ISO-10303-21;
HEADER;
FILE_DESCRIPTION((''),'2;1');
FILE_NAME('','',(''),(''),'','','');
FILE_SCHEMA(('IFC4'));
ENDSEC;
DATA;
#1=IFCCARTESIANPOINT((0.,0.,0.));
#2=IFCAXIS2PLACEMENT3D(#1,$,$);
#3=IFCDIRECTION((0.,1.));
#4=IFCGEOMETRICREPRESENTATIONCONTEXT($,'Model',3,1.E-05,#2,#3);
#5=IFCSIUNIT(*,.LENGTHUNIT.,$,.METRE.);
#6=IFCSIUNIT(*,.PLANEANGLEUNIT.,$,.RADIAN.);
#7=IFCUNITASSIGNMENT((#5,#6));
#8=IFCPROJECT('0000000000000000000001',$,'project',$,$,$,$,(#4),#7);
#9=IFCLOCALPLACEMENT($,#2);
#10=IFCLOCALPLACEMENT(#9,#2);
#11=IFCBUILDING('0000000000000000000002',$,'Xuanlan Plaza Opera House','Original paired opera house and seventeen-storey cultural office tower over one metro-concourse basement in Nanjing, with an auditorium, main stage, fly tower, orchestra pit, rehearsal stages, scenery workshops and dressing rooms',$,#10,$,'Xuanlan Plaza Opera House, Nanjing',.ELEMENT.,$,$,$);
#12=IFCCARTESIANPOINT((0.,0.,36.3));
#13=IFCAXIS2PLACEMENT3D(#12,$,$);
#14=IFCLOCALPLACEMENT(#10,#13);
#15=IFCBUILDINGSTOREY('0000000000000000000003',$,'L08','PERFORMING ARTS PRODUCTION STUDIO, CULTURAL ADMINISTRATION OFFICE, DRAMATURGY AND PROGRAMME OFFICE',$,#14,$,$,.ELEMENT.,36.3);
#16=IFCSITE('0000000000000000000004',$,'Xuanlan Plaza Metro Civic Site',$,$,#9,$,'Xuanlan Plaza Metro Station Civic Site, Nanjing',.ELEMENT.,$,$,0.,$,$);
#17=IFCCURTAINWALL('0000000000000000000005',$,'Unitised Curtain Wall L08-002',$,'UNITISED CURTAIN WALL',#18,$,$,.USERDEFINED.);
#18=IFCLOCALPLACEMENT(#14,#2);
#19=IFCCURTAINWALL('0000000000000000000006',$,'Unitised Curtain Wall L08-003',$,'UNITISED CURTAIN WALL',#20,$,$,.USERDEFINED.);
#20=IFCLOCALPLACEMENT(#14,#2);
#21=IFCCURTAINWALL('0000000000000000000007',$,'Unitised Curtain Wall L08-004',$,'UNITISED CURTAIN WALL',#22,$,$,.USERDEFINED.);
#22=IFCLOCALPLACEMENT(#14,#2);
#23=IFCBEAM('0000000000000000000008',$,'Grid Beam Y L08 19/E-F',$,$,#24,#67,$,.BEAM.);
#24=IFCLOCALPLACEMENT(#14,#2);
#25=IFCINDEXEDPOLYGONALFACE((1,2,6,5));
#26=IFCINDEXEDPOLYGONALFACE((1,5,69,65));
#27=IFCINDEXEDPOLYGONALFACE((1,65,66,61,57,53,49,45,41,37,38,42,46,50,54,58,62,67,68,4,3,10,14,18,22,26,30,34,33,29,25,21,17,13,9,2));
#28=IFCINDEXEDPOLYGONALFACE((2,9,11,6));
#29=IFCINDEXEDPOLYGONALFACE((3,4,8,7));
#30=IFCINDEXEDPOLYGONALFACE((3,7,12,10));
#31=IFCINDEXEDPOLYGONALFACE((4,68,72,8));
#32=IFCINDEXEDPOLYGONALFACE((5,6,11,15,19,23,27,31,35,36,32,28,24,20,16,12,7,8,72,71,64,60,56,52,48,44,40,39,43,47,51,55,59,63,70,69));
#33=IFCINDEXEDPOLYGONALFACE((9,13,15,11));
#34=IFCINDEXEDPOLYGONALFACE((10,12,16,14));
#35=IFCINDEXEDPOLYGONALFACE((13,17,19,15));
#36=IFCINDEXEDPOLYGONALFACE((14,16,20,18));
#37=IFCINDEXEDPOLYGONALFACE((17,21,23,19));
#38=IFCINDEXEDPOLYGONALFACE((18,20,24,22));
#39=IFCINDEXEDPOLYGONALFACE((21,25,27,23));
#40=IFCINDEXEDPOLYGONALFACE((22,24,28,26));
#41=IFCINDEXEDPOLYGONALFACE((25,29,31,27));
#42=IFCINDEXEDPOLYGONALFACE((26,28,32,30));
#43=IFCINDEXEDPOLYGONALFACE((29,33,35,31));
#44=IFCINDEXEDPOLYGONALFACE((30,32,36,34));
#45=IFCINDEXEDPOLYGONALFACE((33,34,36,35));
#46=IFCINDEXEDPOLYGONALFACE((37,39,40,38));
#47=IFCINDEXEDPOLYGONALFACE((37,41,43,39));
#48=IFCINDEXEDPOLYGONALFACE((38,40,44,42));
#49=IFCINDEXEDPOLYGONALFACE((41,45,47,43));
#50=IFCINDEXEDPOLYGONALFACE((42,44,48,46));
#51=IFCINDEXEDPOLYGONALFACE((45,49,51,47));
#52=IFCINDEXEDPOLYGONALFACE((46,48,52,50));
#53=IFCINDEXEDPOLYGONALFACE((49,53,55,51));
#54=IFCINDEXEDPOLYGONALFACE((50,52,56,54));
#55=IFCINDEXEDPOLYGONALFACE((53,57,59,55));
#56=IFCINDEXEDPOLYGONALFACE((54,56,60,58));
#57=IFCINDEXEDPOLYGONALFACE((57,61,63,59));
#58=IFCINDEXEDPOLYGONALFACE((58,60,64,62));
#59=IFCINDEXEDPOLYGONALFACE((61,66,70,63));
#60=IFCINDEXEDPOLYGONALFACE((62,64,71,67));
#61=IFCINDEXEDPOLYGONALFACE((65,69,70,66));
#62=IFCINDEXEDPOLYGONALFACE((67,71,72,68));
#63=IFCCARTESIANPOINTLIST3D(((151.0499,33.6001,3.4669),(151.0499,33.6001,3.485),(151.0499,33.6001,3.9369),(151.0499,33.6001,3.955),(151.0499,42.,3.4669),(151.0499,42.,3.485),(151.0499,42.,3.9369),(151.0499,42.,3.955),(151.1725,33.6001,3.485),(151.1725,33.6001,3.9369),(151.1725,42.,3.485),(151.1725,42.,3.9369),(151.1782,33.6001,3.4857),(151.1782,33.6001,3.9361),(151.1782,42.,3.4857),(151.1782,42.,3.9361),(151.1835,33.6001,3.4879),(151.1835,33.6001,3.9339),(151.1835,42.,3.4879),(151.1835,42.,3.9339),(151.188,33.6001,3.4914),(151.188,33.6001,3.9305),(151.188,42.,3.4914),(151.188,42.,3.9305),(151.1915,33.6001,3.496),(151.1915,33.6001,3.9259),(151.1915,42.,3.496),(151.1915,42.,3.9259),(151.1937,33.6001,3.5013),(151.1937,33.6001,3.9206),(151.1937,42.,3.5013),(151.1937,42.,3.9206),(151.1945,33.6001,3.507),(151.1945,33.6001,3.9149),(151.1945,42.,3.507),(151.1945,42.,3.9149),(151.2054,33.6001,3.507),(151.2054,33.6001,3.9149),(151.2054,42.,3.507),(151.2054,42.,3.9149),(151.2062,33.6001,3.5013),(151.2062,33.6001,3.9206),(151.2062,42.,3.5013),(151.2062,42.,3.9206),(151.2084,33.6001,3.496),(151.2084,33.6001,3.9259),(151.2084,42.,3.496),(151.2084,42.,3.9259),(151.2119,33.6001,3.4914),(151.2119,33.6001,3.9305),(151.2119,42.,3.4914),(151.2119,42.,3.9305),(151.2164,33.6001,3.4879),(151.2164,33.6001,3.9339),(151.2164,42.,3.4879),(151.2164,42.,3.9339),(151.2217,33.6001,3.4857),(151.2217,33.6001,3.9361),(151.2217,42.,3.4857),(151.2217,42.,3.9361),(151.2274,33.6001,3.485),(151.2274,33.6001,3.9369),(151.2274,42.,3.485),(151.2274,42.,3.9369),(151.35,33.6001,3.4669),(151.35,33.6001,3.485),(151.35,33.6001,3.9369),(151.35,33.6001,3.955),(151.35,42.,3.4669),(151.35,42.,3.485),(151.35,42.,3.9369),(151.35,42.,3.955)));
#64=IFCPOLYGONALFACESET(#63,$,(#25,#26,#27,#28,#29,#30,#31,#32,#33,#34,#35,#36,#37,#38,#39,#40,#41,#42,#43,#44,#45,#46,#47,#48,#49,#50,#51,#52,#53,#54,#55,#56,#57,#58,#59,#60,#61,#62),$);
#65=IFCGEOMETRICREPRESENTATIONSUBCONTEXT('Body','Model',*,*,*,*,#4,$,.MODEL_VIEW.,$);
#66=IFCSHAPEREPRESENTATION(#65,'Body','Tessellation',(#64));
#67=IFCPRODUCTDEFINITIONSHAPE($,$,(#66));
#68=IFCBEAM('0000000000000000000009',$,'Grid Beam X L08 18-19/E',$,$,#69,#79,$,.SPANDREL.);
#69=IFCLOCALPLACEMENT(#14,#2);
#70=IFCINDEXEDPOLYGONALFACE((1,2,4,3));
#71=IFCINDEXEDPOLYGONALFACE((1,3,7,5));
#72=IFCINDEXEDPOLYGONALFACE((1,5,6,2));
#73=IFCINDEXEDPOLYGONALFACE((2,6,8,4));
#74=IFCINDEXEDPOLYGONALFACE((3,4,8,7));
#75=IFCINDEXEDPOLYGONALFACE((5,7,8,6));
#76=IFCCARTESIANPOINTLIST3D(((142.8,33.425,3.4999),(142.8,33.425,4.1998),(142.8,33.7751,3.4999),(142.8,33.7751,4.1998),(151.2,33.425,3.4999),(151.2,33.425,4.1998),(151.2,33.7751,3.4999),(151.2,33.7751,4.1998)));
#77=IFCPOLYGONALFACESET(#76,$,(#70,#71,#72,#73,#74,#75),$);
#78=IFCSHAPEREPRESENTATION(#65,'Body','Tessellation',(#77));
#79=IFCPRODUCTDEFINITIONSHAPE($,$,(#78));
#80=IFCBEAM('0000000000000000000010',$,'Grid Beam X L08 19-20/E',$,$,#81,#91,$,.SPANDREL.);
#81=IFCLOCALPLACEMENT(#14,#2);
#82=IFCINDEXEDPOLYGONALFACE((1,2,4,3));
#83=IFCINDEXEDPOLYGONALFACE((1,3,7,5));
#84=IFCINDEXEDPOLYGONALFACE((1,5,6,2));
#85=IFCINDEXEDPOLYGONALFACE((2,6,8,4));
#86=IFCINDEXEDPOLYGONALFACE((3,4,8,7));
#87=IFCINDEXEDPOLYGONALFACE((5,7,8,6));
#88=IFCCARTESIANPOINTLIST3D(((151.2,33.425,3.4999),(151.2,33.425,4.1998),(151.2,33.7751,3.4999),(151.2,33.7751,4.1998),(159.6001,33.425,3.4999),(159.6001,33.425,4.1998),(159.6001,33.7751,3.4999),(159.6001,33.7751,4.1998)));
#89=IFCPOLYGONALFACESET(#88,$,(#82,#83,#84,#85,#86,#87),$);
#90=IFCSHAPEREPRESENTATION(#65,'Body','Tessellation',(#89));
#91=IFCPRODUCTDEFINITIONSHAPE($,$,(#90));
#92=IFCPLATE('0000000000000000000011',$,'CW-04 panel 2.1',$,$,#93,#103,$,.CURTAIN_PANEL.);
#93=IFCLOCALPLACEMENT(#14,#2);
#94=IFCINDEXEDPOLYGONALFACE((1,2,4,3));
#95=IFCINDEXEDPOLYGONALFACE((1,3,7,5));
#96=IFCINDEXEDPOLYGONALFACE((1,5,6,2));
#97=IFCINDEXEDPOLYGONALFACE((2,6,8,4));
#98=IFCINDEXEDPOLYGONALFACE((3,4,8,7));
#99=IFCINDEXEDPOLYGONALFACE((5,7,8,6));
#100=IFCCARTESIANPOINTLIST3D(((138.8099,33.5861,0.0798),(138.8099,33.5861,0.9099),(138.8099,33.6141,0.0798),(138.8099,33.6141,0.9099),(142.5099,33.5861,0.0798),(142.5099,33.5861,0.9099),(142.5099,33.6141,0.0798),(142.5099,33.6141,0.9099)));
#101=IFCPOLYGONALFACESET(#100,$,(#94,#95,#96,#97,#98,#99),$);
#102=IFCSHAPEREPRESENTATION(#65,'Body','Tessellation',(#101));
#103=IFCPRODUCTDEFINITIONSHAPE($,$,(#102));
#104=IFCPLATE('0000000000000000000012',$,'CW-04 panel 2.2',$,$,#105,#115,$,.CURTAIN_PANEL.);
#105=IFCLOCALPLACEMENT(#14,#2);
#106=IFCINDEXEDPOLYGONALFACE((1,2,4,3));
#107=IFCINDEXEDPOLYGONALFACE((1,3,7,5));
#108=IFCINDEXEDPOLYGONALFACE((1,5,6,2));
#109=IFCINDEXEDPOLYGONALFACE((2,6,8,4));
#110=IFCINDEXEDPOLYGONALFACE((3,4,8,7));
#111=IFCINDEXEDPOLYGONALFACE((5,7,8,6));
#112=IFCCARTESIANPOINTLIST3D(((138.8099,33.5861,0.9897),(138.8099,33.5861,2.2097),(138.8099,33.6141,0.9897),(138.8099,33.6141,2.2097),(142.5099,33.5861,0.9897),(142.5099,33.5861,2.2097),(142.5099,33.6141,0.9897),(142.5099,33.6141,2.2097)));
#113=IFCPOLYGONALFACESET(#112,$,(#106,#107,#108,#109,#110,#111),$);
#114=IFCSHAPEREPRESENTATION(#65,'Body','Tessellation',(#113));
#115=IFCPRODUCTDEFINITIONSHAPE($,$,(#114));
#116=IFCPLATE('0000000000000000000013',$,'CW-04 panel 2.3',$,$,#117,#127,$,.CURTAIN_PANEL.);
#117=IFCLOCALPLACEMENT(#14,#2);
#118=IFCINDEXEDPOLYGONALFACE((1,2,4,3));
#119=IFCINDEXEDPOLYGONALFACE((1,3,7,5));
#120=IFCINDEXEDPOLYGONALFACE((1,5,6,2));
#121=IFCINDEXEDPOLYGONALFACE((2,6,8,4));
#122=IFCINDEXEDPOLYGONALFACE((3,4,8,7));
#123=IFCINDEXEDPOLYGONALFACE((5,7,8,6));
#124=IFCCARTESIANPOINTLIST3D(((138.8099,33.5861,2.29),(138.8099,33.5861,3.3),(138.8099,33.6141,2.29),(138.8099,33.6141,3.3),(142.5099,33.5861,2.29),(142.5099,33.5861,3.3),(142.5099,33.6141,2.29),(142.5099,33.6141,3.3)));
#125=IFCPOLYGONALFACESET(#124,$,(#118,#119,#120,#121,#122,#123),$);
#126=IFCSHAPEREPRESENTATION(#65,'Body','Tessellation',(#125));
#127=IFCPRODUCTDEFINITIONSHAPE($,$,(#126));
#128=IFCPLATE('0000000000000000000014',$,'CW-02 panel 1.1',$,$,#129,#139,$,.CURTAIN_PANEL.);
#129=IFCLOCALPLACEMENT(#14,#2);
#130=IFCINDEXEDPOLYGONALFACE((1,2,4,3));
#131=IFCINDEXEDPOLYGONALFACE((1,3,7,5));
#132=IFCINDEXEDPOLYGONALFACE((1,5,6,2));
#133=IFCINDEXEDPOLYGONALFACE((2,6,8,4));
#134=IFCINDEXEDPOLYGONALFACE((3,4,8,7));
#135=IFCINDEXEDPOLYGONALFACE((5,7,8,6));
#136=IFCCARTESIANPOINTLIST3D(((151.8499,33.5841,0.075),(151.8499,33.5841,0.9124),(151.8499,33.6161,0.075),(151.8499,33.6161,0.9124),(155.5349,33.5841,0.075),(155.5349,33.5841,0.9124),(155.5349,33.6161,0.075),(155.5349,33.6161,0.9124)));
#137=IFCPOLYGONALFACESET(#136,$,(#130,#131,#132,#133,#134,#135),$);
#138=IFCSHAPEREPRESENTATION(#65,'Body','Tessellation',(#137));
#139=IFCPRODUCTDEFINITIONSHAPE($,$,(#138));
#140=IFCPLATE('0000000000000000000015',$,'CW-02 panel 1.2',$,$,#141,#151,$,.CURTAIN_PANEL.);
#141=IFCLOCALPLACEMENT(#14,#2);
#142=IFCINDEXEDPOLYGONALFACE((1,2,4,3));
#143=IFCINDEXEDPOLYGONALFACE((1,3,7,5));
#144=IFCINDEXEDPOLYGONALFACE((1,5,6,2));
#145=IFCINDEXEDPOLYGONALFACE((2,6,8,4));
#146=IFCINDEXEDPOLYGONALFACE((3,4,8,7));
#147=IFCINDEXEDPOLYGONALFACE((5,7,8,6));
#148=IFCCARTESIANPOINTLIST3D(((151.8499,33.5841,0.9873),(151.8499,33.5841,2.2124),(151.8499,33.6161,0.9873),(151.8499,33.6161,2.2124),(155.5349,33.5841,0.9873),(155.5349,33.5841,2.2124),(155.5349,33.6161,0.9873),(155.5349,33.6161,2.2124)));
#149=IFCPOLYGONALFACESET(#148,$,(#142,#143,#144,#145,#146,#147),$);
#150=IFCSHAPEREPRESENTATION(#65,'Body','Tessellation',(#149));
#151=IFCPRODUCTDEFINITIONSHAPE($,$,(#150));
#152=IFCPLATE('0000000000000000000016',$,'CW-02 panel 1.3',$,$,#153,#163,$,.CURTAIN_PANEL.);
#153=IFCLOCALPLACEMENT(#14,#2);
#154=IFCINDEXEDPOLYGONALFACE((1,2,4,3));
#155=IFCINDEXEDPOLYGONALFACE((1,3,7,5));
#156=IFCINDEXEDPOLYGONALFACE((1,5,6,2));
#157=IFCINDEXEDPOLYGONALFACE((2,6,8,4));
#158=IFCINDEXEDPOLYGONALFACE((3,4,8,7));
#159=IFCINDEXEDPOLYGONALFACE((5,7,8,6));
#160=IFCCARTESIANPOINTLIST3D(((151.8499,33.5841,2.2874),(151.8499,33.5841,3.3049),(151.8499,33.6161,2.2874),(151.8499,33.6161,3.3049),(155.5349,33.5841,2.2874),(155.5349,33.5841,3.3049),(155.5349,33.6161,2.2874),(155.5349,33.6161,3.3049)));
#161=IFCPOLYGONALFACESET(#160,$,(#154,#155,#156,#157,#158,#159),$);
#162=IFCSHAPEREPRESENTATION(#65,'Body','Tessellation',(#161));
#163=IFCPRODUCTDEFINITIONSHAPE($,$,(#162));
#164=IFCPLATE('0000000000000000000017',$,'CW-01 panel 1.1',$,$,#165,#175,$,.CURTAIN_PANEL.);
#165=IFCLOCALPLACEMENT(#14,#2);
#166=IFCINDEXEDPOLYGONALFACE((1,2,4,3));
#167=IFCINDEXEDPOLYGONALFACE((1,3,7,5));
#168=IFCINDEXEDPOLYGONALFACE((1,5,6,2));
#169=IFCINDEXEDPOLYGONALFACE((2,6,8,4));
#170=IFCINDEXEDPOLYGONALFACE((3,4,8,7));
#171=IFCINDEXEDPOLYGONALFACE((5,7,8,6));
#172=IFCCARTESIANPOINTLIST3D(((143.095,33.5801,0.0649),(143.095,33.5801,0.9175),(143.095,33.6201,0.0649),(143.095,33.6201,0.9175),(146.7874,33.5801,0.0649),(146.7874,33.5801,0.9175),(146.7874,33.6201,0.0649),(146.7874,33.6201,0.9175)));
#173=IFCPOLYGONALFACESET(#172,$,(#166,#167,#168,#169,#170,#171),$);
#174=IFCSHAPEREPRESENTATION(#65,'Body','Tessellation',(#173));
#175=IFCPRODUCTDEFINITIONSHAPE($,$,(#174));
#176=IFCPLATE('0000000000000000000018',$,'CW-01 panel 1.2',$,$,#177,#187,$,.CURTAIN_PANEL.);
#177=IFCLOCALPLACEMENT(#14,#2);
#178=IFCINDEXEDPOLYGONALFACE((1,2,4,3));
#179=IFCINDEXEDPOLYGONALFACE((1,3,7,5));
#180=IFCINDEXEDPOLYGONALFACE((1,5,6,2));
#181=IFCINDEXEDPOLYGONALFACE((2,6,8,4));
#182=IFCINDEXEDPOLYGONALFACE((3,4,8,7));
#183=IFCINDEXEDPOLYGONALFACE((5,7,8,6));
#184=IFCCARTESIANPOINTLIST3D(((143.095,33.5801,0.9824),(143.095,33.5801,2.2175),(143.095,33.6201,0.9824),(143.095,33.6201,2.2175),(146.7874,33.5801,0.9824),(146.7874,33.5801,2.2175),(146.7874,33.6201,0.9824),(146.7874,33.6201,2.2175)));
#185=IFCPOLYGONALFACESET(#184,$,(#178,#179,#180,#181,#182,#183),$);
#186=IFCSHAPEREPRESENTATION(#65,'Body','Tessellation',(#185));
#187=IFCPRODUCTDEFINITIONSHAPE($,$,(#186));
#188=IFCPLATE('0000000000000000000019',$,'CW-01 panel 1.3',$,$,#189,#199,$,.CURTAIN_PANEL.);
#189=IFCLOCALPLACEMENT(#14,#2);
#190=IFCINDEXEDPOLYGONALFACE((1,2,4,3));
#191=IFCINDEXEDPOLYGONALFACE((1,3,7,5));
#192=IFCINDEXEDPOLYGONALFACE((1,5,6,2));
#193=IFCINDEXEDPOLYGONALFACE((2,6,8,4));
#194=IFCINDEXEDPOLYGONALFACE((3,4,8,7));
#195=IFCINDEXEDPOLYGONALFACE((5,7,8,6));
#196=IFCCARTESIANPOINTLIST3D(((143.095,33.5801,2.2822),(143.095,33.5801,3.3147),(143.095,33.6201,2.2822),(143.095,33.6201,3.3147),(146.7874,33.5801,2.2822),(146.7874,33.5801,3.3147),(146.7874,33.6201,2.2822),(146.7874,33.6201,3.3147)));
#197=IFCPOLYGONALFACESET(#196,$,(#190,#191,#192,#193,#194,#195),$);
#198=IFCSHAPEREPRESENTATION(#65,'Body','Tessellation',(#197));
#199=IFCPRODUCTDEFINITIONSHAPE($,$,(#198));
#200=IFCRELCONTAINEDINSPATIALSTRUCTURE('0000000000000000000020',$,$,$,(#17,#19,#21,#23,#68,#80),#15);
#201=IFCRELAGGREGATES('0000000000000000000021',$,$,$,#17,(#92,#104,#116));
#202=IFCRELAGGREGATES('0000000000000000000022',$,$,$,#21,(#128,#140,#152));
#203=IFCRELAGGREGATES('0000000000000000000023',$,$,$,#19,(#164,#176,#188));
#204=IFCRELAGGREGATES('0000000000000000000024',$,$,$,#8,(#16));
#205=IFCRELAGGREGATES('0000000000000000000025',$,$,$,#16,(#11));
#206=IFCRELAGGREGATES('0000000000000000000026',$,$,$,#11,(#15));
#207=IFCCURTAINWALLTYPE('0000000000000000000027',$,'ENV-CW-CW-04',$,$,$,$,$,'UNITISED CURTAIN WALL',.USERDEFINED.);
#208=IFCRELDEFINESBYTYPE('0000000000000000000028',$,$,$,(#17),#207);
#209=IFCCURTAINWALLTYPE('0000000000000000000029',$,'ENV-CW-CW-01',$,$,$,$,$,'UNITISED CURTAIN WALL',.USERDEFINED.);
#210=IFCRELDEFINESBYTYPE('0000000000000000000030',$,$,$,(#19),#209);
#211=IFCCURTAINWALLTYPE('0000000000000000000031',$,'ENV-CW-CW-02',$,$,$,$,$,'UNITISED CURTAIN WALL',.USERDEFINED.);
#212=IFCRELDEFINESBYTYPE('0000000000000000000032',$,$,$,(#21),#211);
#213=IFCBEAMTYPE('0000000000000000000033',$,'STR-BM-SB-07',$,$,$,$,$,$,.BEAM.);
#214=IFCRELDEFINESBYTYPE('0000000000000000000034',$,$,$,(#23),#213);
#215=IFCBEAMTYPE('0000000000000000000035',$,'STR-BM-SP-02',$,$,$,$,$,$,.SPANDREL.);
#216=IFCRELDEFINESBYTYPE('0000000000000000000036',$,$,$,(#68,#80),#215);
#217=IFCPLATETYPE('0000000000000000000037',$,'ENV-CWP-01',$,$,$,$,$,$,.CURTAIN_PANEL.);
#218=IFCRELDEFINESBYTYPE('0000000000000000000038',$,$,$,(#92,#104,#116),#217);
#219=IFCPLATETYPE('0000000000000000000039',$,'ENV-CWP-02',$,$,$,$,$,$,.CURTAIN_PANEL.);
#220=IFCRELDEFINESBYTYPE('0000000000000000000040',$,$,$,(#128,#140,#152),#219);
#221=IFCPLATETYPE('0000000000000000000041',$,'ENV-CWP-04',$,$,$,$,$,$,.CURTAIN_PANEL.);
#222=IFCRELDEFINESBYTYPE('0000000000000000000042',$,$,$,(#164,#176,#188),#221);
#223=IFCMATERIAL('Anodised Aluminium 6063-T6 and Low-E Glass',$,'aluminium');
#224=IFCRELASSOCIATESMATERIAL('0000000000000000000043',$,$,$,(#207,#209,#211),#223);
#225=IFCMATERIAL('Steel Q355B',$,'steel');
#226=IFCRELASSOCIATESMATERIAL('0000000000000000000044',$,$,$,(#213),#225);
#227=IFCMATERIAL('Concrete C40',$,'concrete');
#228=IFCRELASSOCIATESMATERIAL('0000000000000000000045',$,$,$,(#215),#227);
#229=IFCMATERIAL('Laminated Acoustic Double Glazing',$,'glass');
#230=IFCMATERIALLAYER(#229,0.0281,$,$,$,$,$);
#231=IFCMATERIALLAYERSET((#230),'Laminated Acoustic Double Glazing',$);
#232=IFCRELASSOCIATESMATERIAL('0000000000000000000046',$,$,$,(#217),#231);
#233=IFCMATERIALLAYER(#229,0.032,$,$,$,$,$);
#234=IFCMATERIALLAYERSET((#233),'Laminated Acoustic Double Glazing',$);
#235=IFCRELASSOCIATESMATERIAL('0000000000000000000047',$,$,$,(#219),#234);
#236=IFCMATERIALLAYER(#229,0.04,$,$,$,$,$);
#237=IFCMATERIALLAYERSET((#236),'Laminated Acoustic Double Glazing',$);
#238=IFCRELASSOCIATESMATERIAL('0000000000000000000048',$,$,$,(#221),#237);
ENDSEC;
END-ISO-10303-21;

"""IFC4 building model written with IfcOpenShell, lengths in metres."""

from ifc_helpers import new_model, si_unit, direction, frame, origin, origin_2d, place, context, subcontext, project, spatial, rectangle, i_section, extrude, material, layer, layer_set, material_profile, profile_set, type_object, element, aggregate, save


model = new_model("IFC4")

# Units and contexts
model_context = context("Model", 3, precision=1e-05, world=origin(), true_north=direction((0.0, 1.0)))
body_context = subcontext(model_context, "Body", "Model", "MODEL_VIEW")
ifc_project = project(units=[si_unit("LENGTHUNIT", "METRE"), si_unit("PLANEANGLEUNIT", "RADIAN")], contexts=[model_context])

# Site, building, storey
site_placement = place(None, origin())
site = spatial("IfcSite", under=ifc_project, at=site_placement, Name="Xuanlan Plaza Metro Civic Site", LongName="Xuanlan Plaza Metro Station Civic Site, Nanjing", CompositionType="ELEMENT", RefElevation=0.0)
building_placement = place(site_placement, origin())
building = spatial("IfcBuilding", under=site, at=building_placement, Name="Xuanlan Plaza Opera House", Description="Original paired opera house and seventeen-storey cultural office tower over one metro-concourse basement in Nanjing, with an auditorium, main stage, fly tower, orchestra pit, rehearsal stages, scenery workshops and dressing rooms", LongName="Xuanlan Plaza Opera House, Nanjing", CompositionType="ELEMENT")
storey_placement = place(building_placement, frame((0.0, 0.0, 36.3)))
storey = spatial("IfcBuildingStorey", under=building, at=storey_placement, Name="L08", Description="PERFORMING ARTS PRODUCTION STUDIO, CULTURAL ADMINISTRATION OFFICE, DRAMATURGY AND PROGRAMME OFFICE", CompositionType="ELEMENT", Elevation=36.3)

# Shared definitions
ifc_material_1 = material(Name="Steel Q355B", Category="steel")

# Curtain wall
ifc_material_2 = material(Name="Anodised Aluminium 6063-T6 and Low-E Glass", Category="aluminium")
curtain_wall_type_1 = type_object("IfcCurtainWallType", Name="ENV-CW-CW-04", ElementType="UNITISED CURTAIN WALL", PredefinedType="USERDEFINED", material=ifc_material_2)
curtain_wall_1_placement = place(storey_placement, origin())
curtain_wall_1 = element("IfcCurtainWall", 1, at=curtain_wall_1_placement, inside=storey, type_object=curtain_wall_type_1, Name="Unitised Curtain Wall L08-002", ObjectType="UNITISED CURTAIN WALL", PredefinedType="USERDEFINED")

# Curtain walls
curtain_wall_type_2 = type_object("IfcCurtainWallType", Name="ENV-CW-CW-01", ElementType="UNITISED CURTAIN WALL", PredefinedType="USERDEFINED", material=ifc_material_2)
curtain_wall_2_placement = place(storey_placement, origin())
curtain_wall_2 = element("IfcCurtainWall", 2, at=curtain_wall_2_placement, inside=storey, type_object=curtain_wall_type_2, Name="Unitised Curtain Wall L08-003", ObjectType="UNITISED CURTAIN WALL", PredefinedType="USERDEFINED")
curtain_wall_type_3 = type_object("IfcCurtainWallType", Name="ENV-CW-CW-02", ElementType="UNITISED CURTAIN WALL", PredefinedType="USERDEFINED", material=ifc_material_2)
curtain_wall_3_placement = place(storey_placement, origin())
curtain_wall_3 = element("IfcCurtainWall", 3, at=curtain_wall_3_placement, inside=storey, type_object=curtain_wall_type_3, Name="Unitised Curtain Wall L08-004", ObjectType="UNITISED CURTAIN WALL", PredefinedType="USERDEFINED")

# Beams
ifc_material_3 = material(Name="Concrete C40", Category="concrete")
ifc_material_profile_1 = material_profile(ifc_material_1, i_section(OverallWidth=0.3, OverallDepth=0.488, WebThickness=0.011, FlangeThickness=0.0181, FilletRadius=0.022, at=origin_2d()), Name="HM 488x300x11x18")
ifc_profile_set_1 = profile_set([ifc_material_profile_1], Name="Steel Q355B")
beam_type_1 = type_object("IfcBeamType", Name="STR-BM-SB-07", PredefinedType="BEAM", material=ifc_profile_set_1)
beam_1_placement = place(storey_placement, frame((151.2, 33.6001, 3.7109), z_axis=(0.0, 1.0, 0.0), x_axis=(-1.0, 0.0, 0.0)))
element("IfcBeam", 4, at=beam_1_placement, inside=storey, type_object=beam_type_1, Name="Grid Beam Y L08 19/E-F", PredefinedType="BEAM", context=body_context, shape_type="SweptSolid", body=[
    extrude(i_section(OverallWidth=0.3, OverallDepth=0.488, WebThickness=0.011, FlangeThickness=0.0181, FilletRadius=0.022, at=origin_2d()), origin(), (0.0, 0.0, 1.0), 8.3999),
])
ifc_material_profile_2 = material_profile(ifc_material_3, rectangle(XDim=0.3501, YDim=0.7, at=origin_2d()), Name="RC-SPD 350x700")
ifc_profile_set_2 = profile_set([ifc_material_profile_2], Name="Concrete C40")
beam_type_2 = type_object("IfcBeamType", Name="STR-BM-SP-02", PredefinedType="SPANDREL", material=ifc_profile_set_2)
beam_2_placement = place(storey_placement, frame((142.8, 33.6001, 3.8499), z_axis=(1.0, 0.0, 0.0), x_axis=(0.0, 1.0, 0.0)))
element("IfcBeam", 5, at=beam_2_placement, inside=storey, type_object=beam_type_2, Name="Grid Beam X L08 18-19/E", PredefinedType="SPANDREL", context=body_context, shape_type="SweptSolid", body=[
    extrude(rectangle(XDim=0.3501, YDim=0.7, at=origin_2d()), origin(), (0.0, 0.0, 1.0), 8.3999),
])
beam_3_placement = place(storey_placement, frame((151.2, 33.6001, 3.8499), z_axis=(1.0, 0.0, 0.0), x_axis=(0.0, 1.0, 0.0)))
element("IfcBeam", 6, at=beam_3_placement, inside=storey, type_object=beam_type_2, Name="Grid Beam X L08 19-20/E", PredefinedType="SPANDREL", context=body_context, shape_type="SweptSolid", body=[
    extrude(rectangle(XDim=0.3501, YDim=0.7, at=origin_2d()), origin(), (0.0, 0.0, 1.0), 8.4001),
])

# Plates
ifc_material_4 = material(Name="Laminated Acoustic Double Glazing", Category="glass")
ifc_layer_1 = layer(ifc_material_4, 0.0281)
ifc_layer_set_1 = layer_set([ifc_layer_1], Name="Laminated Acoustic Double Glazing")
plate_type_1 = type_object("IfcPlateType", Name="ENV-CWP-01", PredefinedType="CURTAIN_PANEL", material=ifc_layer_set_1)
plate_1_placement = place(storey_placement, frame((140.6599, 33.6001, 0.0798), z_axis=(0.0, 0.0, 1.0), x_axis=(1.0, 0.0, 0.0)))
plate_1 = element("IfcPlate", 7, at=plate_1_placement, type_object=plate_type_1, Name="CW-04 panel 2.1", PredefinedType="CURTAIN_PANEL", context=body_context, shape_type="SweptSolid", body=[
    extrude(rectangle(XDim=3.7, YDim=0.0281, at=origin_2d()), origin(), (0.0, 0.0, 1.0), 0.8301),
])
plate_2_placement = place(storey_placement, frame((140.6599, 33.6001, 0.9897), z_axis=(0.0, 0.0, 1.0), x_axis=(1.0, 0.0, 0.0)))
plate_2 = element("IfcPlate", 8, at=plate_2_placement, type_object=plate_type_1, Name="CW-04 panel 2.2", PredefinedType="CURTAIN_PANEL", context=body_context, shape_type="SweptSolid", body=[
    extrude(rectangle(XDim=3.7, YDim=0.0281, at=origin_2d()), origin(), (0.0, 0.0, 1.0), 1.22),
])
plate_3_placement = place(storey_placement, frame((140.6599, 33.6001, 2.29), z_axis=(0.0, 0.0, 1.0), x_axis=(1.0, 0.0, 0.0)))
plate_3 = element("IfcPlate", 9, at=plate_3_placement, type_object=plate_type_1, Name="CW-04 panel 2.3", PredefinedType="CURTAIN_PANEL", context=body_context, shape_type="SweptSolid", body=[
    extrude(rectangle(XDim=3.7, YDim=0.0281, at=origin_2d()), origin(), (0.0, 0.0, 1.0), 1.01),
])
aggregate(curtain_wall_1, [plate_1, plate_2, plate_3])
ifc_layer_2 = layer(ifc_material_4, 0.032)
ifc_layer_set_2 = layer_set([ifc_layer_2], Name="Laminated Acoustic Double Glazing")
plate_type_2 = type_object("IfcPlateType", Name="ENV-CWP-02", PredefinedType="CURTAIN_PANEL", material=ifc_layer_set_2)
plate_4_placement = place(storey_placement, frame((153.6924, 33.6001, 0.075), z_axis=(0.0, 0.0, 1.0), x_axis=(1.0, 0.0, 0.0)))
plate_4 = element("IfcPlate", 10, at=plate_4_placement, type_object=plate_type_2, Name="CW-02 panel 1.1", PredefinedType="CURTAIN_PANEL", context=body_context, shape_type="SweptSolid", body=[
    extrude(rectangle(XDim=3.6851, YDim=0.032, at=origin_2d()), origin(), (0.0, 0.0, 1.0), 0.8374),
])
plate_5_placement = place(storey_placement, frame((153.6924, 33.6001, 0.9873), z_axis=(0.0, 0.0, 1.0), x_axis=(1.0, 0.0, 0.0)))
plate_5 = element("IfcPlate", 11, at=plate_5_placement, type_object=plate_type_2, Name="CW-02 panel 1.2", PredefinedType="CURTAIN_PANEL", context=body_context, shape_type="SweptSolid", body=[
    extrude(rectangle(XDim=3.6851, YDim=0.032, at=origin_2d()), origin(), (0.0, 0.0, 1.0), 1.2251),
])
plate_6_placement = place(storey_placement, frame((153.6924, 33.6001, 2.2874), z_axis=(0.0, 0.0, 1.0), x_axis=(1.0, 0.0, 0.0)))
plate_6 = element("IfcPlate", 12, at=plate_6_placement, type_object=plate_type_2, Name="CW-02 panel 1.3", PredefinedType="CURTAIN_PANEL", context=body_context, shape_type="SweptSolid", body=[
    extrude(rectangle(XDim=3.6851, YDim=0.032, at=origin_2d()), origin(), (0.0, 0.0, 1.0), 1.0176),
])
aggregate(curtain_wall_3, [plate_4, plate_5, plate_6])
ifc_layer_3 = layer(ifc_material_4, 0.04)
ifc_layer_set_3 = layer_set([ifc_layer_3], Name="Laminated Acoustic Double Glazing")
plate_type_3 = type_object("IfcPlateType", Name="ENV-CWP-04", PredefinedType="CURTAIN_PANEL", material=ifc_layer_set_3)
plate_7_placement = place(storey_placement, frame((144.9412, 33.6001, 0.0649), z_axis=(0.0, 0.0, 1.0), x_axis=(1.0, 0.0, 0.0)))
plate_7 = element("IfcPlate", 13, at=plate_7_placement, type_object=plate_type_3, Name="CW-01 panel 1.1", PredefinedType="CURTAIN_PANEL", context=body_context, shape_type="SweptSolid", body=[
    extrude(rectangle(XDim=3.6924, YDim=0.04, at=origin_2d()), origin(), (0.0, 0.0, 1.0), 0.8525),
])
plate_8_placement = place(storey_placement, frame((144.9412, 33.6001, 0.9824), z_axis=(0.0, 0.0, 1.0), x_axis=(1.0, 0.0, 0.0)))
plate_8 = element("IfcPlate", 14, at=plate_8_placement, type_object=plate_type_3, Name="CW-01 panel 1.2", PredefinedType="CURTAIN_PANEL", context=body_context, shape_type="SweptSolid", body=[
    extrude(rectangle(XDim=3.6924, YDim=0.04, at=origin_2d()), origin(), (0.0, 0.0, 1.0), 1.2351),
])
plate_9_placement = place(storey_placement, frame((144.9412, 33.6001, 2.2822), z_axis=(0.0, 0.0, 1.0), x_axis=(1.0, 0.0, 0.0)))
plate_9 = element("IfcPlate", 15, at=plate_9_placement, type_object=plate_type_3, Name="CW-01 panel 1.3", PredefinedType="CURTAIN_PANEL", context=body_context, shape_type="SweptSolid", body=[
    extrude(rectangle(XDim=3.6924, YDim=0.04, at=origin_2d()), origin(), (0.0, 0.0, 1.0), 1.0325),
])
aggregate(curtain_wall_2, [plate_7, plate_8, plate_9])

save(model, "model.ifc")
